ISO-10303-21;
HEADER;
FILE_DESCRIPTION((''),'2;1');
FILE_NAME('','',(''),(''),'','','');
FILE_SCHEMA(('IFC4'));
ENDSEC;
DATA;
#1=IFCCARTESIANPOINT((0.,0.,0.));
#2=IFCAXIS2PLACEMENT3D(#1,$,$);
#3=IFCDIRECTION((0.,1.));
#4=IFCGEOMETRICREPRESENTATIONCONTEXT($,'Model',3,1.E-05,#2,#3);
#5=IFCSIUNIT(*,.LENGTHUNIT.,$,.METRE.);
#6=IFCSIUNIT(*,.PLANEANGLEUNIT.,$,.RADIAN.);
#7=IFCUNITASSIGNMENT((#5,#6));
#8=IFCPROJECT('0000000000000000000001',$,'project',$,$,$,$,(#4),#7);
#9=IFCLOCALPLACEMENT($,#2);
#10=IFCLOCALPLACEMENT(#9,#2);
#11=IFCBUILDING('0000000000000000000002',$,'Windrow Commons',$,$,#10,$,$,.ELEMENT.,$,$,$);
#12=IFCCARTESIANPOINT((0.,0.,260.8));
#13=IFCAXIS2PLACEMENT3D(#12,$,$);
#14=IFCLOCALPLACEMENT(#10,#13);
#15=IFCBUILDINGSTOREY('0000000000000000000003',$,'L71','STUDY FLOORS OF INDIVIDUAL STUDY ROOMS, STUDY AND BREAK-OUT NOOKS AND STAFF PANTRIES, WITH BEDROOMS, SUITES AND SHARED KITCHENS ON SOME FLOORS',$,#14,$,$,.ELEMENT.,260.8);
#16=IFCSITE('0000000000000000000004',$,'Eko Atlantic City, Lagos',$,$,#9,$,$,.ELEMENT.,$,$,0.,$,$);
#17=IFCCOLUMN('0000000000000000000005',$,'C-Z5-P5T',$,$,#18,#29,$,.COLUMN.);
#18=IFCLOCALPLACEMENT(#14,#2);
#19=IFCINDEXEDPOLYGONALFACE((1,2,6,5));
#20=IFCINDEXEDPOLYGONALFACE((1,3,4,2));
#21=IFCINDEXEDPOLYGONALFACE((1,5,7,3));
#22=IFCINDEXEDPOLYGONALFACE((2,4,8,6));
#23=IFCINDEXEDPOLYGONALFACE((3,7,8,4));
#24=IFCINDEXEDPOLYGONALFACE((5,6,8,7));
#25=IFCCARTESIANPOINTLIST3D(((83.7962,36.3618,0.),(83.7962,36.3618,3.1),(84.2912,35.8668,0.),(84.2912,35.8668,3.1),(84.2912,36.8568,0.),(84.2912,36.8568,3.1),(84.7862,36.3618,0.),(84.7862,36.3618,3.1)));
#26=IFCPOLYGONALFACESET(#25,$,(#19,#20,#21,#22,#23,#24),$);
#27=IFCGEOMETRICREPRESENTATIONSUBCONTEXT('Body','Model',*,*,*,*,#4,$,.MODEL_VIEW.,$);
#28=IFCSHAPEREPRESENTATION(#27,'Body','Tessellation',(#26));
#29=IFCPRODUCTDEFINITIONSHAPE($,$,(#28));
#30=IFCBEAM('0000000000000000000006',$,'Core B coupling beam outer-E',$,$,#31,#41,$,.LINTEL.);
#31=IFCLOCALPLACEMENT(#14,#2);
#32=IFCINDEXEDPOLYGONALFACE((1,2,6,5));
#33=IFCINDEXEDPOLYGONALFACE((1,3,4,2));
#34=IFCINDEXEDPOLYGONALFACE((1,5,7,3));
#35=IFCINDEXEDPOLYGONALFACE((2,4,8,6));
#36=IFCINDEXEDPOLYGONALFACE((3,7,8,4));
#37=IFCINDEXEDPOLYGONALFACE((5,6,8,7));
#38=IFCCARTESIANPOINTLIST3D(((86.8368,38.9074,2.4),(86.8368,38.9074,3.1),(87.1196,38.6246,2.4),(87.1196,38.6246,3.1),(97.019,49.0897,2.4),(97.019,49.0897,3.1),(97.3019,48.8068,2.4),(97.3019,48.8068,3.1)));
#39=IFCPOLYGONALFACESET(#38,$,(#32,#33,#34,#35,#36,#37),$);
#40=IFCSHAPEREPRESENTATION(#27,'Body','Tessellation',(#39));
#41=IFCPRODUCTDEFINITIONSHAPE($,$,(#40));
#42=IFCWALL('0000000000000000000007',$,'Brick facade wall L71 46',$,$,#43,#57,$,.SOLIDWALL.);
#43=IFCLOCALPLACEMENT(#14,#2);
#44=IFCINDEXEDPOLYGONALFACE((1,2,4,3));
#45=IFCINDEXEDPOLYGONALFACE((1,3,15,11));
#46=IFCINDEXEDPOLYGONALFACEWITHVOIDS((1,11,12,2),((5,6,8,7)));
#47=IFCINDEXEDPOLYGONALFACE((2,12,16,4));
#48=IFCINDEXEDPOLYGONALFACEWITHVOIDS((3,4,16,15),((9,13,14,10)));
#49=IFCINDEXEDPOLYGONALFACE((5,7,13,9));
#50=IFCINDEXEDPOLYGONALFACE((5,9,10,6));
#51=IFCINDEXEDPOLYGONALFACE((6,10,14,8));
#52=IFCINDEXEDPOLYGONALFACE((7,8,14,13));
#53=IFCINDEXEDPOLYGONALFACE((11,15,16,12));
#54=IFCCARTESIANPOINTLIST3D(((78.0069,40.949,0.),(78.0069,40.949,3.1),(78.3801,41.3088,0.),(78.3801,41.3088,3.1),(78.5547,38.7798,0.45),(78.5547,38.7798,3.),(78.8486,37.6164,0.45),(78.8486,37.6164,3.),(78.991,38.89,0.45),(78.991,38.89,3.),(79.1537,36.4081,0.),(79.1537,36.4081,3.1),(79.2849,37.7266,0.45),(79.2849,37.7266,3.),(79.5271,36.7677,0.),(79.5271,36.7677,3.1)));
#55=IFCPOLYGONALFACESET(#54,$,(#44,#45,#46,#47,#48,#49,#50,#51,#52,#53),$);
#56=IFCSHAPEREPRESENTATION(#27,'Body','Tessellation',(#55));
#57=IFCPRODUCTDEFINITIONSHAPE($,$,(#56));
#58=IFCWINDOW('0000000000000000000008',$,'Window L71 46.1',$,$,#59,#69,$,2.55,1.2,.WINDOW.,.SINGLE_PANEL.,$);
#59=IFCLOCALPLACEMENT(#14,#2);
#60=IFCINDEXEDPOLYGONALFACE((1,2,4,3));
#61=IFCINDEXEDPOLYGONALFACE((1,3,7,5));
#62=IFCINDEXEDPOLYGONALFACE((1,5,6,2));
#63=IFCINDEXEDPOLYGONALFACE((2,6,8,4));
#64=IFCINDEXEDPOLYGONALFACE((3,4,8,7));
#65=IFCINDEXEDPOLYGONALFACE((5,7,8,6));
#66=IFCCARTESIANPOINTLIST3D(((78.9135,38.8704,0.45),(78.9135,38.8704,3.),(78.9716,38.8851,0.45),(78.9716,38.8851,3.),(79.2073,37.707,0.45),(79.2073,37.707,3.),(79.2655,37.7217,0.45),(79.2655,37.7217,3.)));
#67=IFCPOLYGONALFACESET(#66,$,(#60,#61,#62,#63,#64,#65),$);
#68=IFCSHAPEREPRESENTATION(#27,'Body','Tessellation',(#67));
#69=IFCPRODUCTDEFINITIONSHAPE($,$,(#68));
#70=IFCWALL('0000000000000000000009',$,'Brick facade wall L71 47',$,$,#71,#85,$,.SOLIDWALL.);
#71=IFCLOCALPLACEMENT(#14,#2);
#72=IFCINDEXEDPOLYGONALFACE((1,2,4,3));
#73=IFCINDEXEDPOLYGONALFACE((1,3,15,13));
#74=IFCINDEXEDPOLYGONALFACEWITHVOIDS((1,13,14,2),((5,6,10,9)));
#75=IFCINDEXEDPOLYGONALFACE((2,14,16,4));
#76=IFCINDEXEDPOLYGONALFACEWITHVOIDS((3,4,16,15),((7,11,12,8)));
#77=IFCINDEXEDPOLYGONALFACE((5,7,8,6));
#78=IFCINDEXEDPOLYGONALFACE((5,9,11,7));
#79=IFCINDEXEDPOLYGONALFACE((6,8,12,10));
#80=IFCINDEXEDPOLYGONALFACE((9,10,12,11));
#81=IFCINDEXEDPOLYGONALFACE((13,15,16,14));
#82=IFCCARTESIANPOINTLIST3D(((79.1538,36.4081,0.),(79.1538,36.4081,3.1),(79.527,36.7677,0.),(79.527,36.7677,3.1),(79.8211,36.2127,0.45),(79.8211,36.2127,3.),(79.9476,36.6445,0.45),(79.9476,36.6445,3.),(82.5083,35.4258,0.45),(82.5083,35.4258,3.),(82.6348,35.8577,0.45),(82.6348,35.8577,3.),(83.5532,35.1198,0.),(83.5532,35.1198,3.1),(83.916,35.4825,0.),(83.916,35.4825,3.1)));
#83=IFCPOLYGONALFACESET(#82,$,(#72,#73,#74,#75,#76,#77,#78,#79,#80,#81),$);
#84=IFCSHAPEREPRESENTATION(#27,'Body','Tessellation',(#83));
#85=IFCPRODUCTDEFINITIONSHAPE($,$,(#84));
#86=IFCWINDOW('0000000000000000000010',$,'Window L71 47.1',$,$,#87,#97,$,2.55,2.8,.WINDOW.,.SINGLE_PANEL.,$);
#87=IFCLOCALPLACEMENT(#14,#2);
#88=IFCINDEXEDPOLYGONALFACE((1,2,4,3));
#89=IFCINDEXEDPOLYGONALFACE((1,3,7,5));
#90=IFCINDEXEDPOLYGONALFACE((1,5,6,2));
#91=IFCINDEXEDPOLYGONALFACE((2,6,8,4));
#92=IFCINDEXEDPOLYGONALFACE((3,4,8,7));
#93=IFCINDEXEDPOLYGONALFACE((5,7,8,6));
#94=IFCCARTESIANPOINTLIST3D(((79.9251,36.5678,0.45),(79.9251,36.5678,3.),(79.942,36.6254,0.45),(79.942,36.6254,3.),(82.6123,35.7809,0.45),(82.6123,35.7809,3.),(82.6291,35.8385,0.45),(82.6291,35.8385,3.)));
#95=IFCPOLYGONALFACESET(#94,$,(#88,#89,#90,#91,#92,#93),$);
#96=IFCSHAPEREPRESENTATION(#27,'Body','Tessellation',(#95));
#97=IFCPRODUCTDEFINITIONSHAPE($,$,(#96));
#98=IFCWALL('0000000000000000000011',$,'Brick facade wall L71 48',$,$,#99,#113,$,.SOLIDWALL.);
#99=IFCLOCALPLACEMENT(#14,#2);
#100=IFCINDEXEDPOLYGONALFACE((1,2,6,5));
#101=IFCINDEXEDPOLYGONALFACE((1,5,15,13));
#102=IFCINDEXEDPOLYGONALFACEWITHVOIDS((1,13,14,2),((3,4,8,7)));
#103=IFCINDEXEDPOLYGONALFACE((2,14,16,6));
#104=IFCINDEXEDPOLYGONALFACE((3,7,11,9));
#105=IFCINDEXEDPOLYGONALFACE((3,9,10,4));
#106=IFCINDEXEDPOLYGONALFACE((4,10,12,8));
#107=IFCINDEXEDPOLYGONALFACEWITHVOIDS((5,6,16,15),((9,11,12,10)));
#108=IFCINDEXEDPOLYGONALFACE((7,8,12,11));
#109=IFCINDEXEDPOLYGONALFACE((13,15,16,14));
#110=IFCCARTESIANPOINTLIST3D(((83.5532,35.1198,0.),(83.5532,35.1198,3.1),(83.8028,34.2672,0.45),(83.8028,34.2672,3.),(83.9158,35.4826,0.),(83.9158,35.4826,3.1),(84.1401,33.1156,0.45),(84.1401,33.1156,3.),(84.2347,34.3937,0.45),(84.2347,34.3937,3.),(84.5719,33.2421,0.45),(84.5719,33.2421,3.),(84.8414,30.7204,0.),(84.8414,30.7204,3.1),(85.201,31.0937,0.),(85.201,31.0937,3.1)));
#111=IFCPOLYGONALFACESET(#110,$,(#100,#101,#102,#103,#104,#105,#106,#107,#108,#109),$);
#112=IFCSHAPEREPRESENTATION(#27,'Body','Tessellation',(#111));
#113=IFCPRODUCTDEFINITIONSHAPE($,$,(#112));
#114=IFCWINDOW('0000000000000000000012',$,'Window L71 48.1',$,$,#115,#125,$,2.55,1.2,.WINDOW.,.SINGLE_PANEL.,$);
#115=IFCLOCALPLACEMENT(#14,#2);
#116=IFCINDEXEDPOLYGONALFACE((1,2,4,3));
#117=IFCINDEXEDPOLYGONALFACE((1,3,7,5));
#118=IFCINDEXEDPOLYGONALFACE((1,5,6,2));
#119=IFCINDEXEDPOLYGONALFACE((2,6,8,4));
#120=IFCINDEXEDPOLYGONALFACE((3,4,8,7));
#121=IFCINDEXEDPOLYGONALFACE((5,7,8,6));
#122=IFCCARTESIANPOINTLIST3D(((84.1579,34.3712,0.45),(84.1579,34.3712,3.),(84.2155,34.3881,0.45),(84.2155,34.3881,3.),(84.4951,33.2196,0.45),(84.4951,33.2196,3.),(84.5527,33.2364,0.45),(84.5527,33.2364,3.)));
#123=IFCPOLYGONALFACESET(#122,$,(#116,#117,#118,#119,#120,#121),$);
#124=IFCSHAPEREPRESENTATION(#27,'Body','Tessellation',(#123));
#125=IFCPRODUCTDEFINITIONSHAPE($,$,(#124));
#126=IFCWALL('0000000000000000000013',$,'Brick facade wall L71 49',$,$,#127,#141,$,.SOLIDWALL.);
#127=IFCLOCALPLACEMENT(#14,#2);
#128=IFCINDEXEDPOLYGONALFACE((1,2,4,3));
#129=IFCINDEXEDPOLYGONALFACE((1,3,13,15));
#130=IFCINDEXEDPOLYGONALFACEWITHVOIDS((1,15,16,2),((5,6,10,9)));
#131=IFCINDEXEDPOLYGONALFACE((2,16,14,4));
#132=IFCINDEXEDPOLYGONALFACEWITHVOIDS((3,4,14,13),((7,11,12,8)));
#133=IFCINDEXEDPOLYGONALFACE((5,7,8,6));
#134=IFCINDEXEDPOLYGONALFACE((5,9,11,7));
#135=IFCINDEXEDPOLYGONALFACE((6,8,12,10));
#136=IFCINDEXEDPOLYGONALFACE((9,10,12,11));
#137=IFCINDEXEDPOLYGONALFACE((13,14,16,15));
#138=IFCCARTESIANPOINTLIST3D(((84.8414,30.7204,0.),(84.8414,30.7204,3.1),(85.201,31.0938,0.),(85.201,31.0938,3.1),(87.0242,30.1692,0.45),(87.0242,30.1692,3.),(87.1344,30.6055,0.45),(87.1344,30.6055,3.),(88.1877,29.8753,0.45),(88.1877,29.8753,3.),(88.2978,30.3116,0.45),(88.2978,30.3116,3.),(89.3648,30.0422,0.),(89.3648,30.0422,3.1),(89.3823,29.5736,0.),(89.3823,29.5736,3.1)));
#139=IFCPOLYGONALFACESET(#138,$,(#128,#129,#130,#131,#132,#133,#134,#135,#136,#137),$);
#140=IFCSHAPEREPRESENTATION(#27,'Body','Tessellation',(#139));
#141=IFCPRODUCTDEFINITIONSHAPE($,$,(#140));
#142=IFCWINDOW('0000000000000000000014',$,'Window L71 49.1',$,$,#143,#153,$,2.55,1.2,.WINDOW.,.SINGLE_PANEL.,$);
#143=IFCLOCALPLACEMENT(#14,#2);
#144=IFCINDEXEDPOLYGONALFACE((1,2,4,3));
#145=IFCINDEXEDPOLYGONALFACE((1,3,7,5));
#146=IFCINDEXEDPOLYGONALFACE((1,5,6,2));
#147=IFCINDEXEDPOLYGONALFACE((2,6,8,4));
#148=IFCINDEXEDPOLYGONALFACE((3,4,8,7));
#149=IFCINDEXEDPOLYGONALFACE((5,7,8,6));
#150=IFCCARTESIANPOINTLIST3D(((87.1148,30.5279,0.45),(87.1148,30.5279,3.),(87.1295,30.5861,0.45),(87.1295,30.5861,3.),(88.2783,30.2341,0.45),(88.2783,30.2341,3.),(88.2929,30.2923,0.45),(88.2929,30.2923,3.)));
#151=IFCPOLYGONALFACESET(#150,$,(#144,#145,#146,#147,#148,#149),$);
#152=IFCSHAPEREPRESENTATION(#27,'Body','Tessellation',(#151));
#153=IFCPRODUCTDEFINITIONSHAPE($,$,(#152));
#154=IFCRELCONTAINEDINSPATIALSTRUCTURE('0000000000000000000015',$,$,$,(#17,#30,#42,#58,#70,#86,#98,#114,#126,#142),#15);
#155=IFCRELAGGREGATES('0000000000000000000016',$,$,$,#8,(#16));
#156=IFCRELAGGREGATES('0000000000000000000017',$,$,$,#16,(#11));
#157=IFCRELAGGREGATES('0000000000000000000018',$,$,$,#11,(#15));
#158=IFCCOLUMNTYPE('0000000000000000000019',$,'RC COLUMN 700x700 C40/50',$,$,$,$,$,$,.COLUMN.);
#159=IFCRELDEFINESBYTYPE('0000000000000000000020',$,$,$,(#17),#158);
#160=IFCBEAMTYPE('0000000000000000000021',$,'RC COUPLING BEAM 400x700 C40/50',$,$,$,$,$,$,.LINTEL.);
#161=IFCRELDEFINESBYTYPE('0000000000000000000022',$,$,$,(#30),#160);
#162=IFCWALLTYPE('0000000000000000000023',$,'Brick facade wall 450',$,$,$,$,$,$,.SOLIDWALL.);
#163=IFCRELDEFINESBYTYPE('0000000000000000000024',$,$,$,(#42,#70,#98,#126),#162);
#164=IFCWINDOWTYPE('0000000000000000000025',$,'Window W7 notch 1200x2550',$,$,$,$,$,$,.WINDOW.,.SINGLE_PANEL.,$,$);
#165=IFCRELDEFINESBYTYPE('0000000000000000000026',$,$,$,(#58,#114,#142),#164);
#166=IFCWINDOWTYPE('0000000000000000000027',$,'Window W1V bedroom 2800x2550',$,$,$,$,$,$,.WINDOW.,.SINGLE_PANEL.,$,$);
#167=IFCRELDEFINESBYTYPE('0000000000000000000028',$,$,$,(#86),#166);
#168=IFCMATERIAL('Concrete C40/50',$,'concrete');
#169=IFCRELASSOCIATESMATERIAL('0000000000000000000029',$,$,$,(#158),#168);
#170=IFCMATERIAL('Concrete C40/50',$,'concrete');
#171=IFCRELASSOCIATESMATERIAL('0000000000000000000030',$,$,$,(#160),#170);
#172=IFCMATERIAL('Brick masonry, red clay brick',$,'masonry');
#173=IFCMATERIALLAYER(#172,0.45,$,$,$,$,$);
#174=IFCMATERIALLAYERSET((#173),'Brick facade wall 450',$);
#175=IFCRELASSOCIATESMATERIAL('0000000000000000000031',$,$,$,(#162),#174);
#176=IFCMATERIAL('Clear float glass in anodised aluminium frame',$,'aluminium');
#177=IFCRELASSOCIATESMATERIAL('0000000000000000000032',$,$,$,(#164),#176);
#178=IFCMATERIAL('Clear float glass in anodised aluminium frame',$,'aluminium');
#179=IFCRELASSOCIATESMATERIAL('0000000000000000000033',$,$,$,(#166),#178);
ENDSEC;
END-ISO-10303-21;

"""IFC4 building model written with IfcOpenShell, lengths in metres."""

from ifc_helpers import new_model, si_unit, direction, frame, frame_2d, origin, origin_2d, place, context, subcontext, project, spatial, polyline, rectangle, outline, extrude, material, layer, layer_set, material_profile, profile_set, type_object, element, fill, save


model = new_model("IFC4")

# Units and contexts
model_context = context("Model", 3, precision=1e-05, world=origin(), true_north=direction((0.0, 1.0)))
body_context = subcontext(model_context, "Body", "Model", "MODEL_VIEW")
ifc_project = project(units=[si_unit("LENGTHUNIT", "METRE"), si_unit("PLANEANGLEUNIT", "RADIAN")], contexts=[model_context])

# Site, building, storey
site_placement = place(None, origin())
site = spatial("IfcSite", under=ifc_project, at=site_placement, Name="Eko Atlantic City, Lagos", CompositionType="ELEMENT", RefElevation=0.0)
building_placement = place(site_placement, origin())
building = spatial("IfcBuilding", under=site, at=building_placement, Name="Windrow Commons", CompositionType="ELEMENT")
storey_placement = place(building_placement, frame((0.0, 0.0, 260.8)))
storey = spatial("IfcBuildingStorey", under=building, at=storey_placement, Name="L71", Description="STUDY FLOORS OF INDIVIDUAL STUDY ROOMS, STUDY AND BREAK-OUT NOOKS AND STAFF PANTRIES, WITH BEDROOMS, SUITES AND SHARED KITCHENS ON SOME FLOORS", CompositionType="ELEMENT", Elevation=260.8)

# Column
ifc_material_1 = material(Name="Concrete C40/50", Category="concrete")
ifc_material_profile_1 = material_profile(ifc_material_1, rectangle(XDim=0.7, YDim=0.7, at=origin_2d()))
ifc_profile_set_1 = profile_set([ifc_material_profile_1], Name="Concrete C40/50")
column_type = type_object("IfcColumnType", Name="RC COLUMN 700x700 C40/50", PredefinedType="COLUMN", material=ifc_profile_set_1)
column_placement = place(storey_placement, frame((84.2912, 36.3618, 0.0), z_axis=(0.0, 0.0, 1.0), x_axis=(0.707107, -0.707107, 0.0)))
element("IfcColumn", 1, at=column_placement, inside=storey, type_object=column_type, Name="C-Z5-P5T", PredefinedType="COLUMN", context=body_context, shape_type="SweptSolid", body=[
    extrude(rectangle(XDim=0.7, YDim=0.7, at=origin_2d()), origin(), (0.0, 0.0, 1.0), 3.1),
])

# Beam
ifc_material_2 = material(Name="Concrete C40/50", Category="concrete")
ifc_material_profile_2 = material_profile(ifc_material_2, rectangle(XDim=0.4, YDim=0.7, at=origin_2d()))
ifc_profile_set_2 = profile_set([ifc_material_profile_2], Name="Concrete C40/50")
beam_type = type_object("IfcBeamType", Name="RC COUPLING BEAM 400x700 C40/50", PredefinedType="LINTEL", material=ifc_profile_set_2)
beam_placement = place(storey_placement, frame((86.9782, 38.766, 2.75), z_axis=(0.707107, 0.707107, 0.0), x_axis=(-0.707107, 0.707107, 0.0)))
element("IfcBeam", 2, at=beam_placement, inside=storey, type_object=beam_type, Name="Core B coupling beam outer-E", PredefinedType="LINTEL", context=body_context, shape_type="SweptSolid", body=[
    extrude(rectangle(XDim=0.4, YDim=0.7, at=origin_2d()), origin(), (0.0, 0.0, 1.0), 14.3999),
])

# Walls, openings, windows
ifc_material_3 = material(Name="Brick masonry, red clay brick", Category="masonry")
ifc_layer_1 = layer(ifc_material_3, 0.45)
ifc_layer_set_1 = layer_set([ifc_layer_1], Name="Brick facade wall 450")
wall_type_1 = type_object("IfcWallType", Name="Brick facade wall 450", PredefinedType="SOLIDWALL", material=ifc_layer_set_1)
wall_1_placement = place(storey_placement, frame((78.1935, 41.1289, 0.0), z_axis=(0.0, 0.0, 1.0), x_axis=(0.244876, -0.969554, 0.0)))
wall_1 = element("IfcWall", 3, at=wall_1_placement, inside=storey, type_object=wall_type_1, Name="Brick facade wall L71 46", PredefinedType="SOLIDWALL", context=body_context, shape_type="SweptSolid", body=[
    extrude(outline(polyline([(0.1287, -0.225), (4.8122, -0.225), (4.555, 0.225), (-0.1287, 0.225), (0.1287, -0.225)])), origin(), (0.0, 0.0, 1.0), 3.1),
])
opening_1_placement = place(wall_1_placement, frame((2.366, 0.0, 0.45)))
opening_1 = element("IfcOpeningElement", 4, at=opening_1_placement, cuts=wall_1, PredefinedType="OPENING", context=body_context, shape_type="SweptSolid", body=[
    extrude(rectangle(XDim=1.2, YDim=2.55, at=frame_2d((0.6, 1.275))), frame((0.0, 0.235, 0.0), z_axis=(0.0, -1.0, 0.0), x_axis=(1.0, 0.0, 0.0)), (0.0, 0.0, 1.0), 0.47),
])
ifc_material_4 = material(Name="Clear float glass in anodised aluminium frame", Category="aluminium")
window_type_1 = type_object("IfcWindowType", Name="Window W7 notch 1200x2550", PartitioningType="SINGLE_PANEL", PredefinedType="WINDOW", material=ifc_material_4)
window_1_placement = place(opening_1_placement, origin())
window_1 = element("IfcWindow", 5, at=window_1_placement, inside=storey, type_object=window_type_1, Name="Window L71 46.1", OverallHeight=2.55, OverallWidth=1.2, PartitioningType="SINGLE_PANEL", PredefinedType="WINDOW", context=body_context, shape_type="SweptSolid", body=[
    extrude(rectangle(XDim=1.2, YDim=2.55, at=frame_2d((0.6, 1.275))), frame((0.0, 0.205, 0.0), z_axis=(0.0, -1.0, 0.0), x_axis=(1.0, 0.0, 0.0)), (0.0, 0.0, 1.0), 0.06),
])
fill(opening_1, window_1)
wall_2_placement = place(storey_placement, frame((79.3404, 36.5879, 0.0), z_axis=(0.0, 0.0, 1.0), x_axis=(0.959701, -0.281024, 0.0)))
wall_2 = element("IfcWall", 6, at=wall_2_placement, inside=storey, type_object=wall_type_1, Name="Brick facade wall L71 47", PredefinedType="SOLIDWALL", context=body_context, shape_type="SweptSolid", body=[
    extrude(outline(polyline([(-0.1286, -0.225), (4.4556, -0.225), (4.7018, 0.225), (0.1286, 0.225), (-0.1286, -0.225)])), origin(), (0.0, 0.0, 1.0), 3.1),
])
opening_2_placement = place(wall_2_placement, frame((0.5668, 0.0, 0.45)))
opening_2 = element("IfcOpeningElement", 7, at=opening_2_placement, cuts=wall_2, PredefinedType="OPENING", context=body_context, shape_type="SweptSolid", body=[
    extrude(rectangle(XDim=2.8, YDim=2.55, at=frame_2d((1.4, 1.275))), frame((0.0, 0.235, 0.0), z_axis=(0.0, -1.0, 0.0), x_axis=(1.0, 0.0, 0.0)), (0.0, 0.0, 1.0), 0.47),
])
ifc_material_5 = material(Name="Clear float glass in anodised aluminium frame", Category="aluminium")
window_type_2 = type_object("IfcWindowType", Name="Window W1V bedroom 2800x2550", PartitioningType="SINGLE_PANEL", PredefinedType="WINDOW", material=ifc_material_5)
window_2_placement = place(opening_2_placement, origin())
window_2 = element("IfcWindow", 8, at=window_2_placement, inside=storey, type_object=window_type_2, Name="Window L71 47.1", OverallHeight=2.55, OverallWidth=2.8, PartitioningType="SINGLE_PANEL", PredefinedType="WINDOW", context=body_context, shape_type="SweptSolid", body=[
    extrude(rectangle(XDim=2.8, YDim=2.55, at=frame_2d((1.4, 1.275))), frame((0.0, 0.205, 0.0), z_axis=(0.0, -1.0, 0.0), x_axis=(1.0, 0.0, 0.0)), (0.0, 0.0, 1.0), 0.06),
])
fill(opening_2, window_2)
wall_3_placement = place(storey_placement, frame((83.7345, 35.3012, 0.0), z_axis=(0.0, 0.0, 1.0), x_axis=(0.281024, -0.959701, 0.0)))
wall_3 = element("IfcWall", 9, at=wall_3_placement, inside=storey, type_object=wall_type_1, Name="Brick facade wall L71 48", PredefinedType="SOLIDWALL", context=body_context, shape_type="SweptSolid", body=[
    extrude(outline(polyline([(0.1231, -0.225), (4.7073, -0.225), (4.4501, 0.225), (-0.1231, 0.225), (0.1231, -0.225)])), origin(), (0.0, 0.0, 1.0), 3.1),
])
opening_3_placement = place(wall_3_placement, frame((1.0115, 0.0, 0.45)))
opening_3 = element("IfcOpeningElement", 10, at=opening_3_placement, cuts=wall_3, PredefinedType="OPENING", context=body_context, shape_type="SweptSolid", body=[
    extrude(rectangle(XDim=1.2, YDim=2.55, at=frame_2d((0.6, 1.275))), frame((0.0, 0.235, 0.0), z_axis=(0.0, -1.0, 0.0), x_axis=(1.0, 0.0, 0.0)), (0.0, 0.0, 1.0), 0.47),
])
window_3_placement = place(opening_3_placement, origin())
window_3 = element("IfcWindow", 11, at=window_3_placement, inside=storey, type_object=window_type_1, Name="Window L71 48.1", OverallHeight=2.55, OverallWidth=1.2, PartitioningType="SINGLE_PANEL", PredefinedType="WINDOW", context=body_context, shape_type="SweptSolid", body=[
    extrude(rectangle(XDim=1.2, YDim=2.55, at=frame_2d((0.6, 1.275))), frame((0.0, 0.205, 0.0), z_axis=(0.0, -1.0, 0.0), x_axis=(1.0, 0.0, 0.0)), (0.0, 0.0, 1.0), 0.06),
])
fill(opening_3, window_3)
wall_4_placement = place(storey_placement, frame((85.0212, 30.9071, 0.0), z_axis=(0.0, 0.0, 1.0), x_axis=(0.969558, -0.244862, 0.0)))
wall_4 = element("IfcWall", 12, at=wall_4_placement, inside=storey, type_object=wall_type_1, Name="Brick facade wall L71 49", PredefinedType="SOLIDWALL", context=body_context, shape_type="SweptSolid", body=[
    extrude(outline(polyline([(-0.1286, -0.225), (4.5549, -0.225), (4.4232, 0.225), (0.1286, 0.225), (-0.1286, -0.225)])), origin(), (0.0, 0.0, 1.0), 3.1),
])
opening_4_placement = place(wall_4_placement, frame((2.1227, 0.0, 0.45)))
opening_4 = element("IfcOpeningElement", 13, at=opening_4_placement, cuts=wall_4, PredefinedType="OPENING", context=body_context, shape_type="SweptSolid", body=[
    extrude(rectangle(XDim=1.2, YDim=2.55, at=frame_2d((0.6, 1.275))), frame((0.0, 0.235, 0.0), z_axis=(0.0, -1.0, 0.0), x_axis=(1.0, 0.0, 0.0)), (0.0, 0.0, 1.0), 0.47),
])
window_4_placement = place(opening_4_placement, origin())
window_4 = element("IfcWindow", 14, at=window_4_placement, inside=storey, type_object=window_type_1, Name="Window L71 49.1", OverallHeight=2.55, OverallWidth=1.2, PartitioningType="SINGLE_PANEL", PredefinedType="WINDOW", context=body_context, shape_type="SweptSolid", body=[
    extrude(rectangle(XDim=1.2, YDim=2.55, at=frame_2d((0.6, 1.275))), frame((0.0, 0.205, 0.0), z_axis=(0.0, -1.0, 0.0), x_axis=(1.0, 0.0, 0.0)), (0.0, 0.0, 1.0), 0.06),
])
fill(opening_4, window_4)

save(model, "model.ifc")
